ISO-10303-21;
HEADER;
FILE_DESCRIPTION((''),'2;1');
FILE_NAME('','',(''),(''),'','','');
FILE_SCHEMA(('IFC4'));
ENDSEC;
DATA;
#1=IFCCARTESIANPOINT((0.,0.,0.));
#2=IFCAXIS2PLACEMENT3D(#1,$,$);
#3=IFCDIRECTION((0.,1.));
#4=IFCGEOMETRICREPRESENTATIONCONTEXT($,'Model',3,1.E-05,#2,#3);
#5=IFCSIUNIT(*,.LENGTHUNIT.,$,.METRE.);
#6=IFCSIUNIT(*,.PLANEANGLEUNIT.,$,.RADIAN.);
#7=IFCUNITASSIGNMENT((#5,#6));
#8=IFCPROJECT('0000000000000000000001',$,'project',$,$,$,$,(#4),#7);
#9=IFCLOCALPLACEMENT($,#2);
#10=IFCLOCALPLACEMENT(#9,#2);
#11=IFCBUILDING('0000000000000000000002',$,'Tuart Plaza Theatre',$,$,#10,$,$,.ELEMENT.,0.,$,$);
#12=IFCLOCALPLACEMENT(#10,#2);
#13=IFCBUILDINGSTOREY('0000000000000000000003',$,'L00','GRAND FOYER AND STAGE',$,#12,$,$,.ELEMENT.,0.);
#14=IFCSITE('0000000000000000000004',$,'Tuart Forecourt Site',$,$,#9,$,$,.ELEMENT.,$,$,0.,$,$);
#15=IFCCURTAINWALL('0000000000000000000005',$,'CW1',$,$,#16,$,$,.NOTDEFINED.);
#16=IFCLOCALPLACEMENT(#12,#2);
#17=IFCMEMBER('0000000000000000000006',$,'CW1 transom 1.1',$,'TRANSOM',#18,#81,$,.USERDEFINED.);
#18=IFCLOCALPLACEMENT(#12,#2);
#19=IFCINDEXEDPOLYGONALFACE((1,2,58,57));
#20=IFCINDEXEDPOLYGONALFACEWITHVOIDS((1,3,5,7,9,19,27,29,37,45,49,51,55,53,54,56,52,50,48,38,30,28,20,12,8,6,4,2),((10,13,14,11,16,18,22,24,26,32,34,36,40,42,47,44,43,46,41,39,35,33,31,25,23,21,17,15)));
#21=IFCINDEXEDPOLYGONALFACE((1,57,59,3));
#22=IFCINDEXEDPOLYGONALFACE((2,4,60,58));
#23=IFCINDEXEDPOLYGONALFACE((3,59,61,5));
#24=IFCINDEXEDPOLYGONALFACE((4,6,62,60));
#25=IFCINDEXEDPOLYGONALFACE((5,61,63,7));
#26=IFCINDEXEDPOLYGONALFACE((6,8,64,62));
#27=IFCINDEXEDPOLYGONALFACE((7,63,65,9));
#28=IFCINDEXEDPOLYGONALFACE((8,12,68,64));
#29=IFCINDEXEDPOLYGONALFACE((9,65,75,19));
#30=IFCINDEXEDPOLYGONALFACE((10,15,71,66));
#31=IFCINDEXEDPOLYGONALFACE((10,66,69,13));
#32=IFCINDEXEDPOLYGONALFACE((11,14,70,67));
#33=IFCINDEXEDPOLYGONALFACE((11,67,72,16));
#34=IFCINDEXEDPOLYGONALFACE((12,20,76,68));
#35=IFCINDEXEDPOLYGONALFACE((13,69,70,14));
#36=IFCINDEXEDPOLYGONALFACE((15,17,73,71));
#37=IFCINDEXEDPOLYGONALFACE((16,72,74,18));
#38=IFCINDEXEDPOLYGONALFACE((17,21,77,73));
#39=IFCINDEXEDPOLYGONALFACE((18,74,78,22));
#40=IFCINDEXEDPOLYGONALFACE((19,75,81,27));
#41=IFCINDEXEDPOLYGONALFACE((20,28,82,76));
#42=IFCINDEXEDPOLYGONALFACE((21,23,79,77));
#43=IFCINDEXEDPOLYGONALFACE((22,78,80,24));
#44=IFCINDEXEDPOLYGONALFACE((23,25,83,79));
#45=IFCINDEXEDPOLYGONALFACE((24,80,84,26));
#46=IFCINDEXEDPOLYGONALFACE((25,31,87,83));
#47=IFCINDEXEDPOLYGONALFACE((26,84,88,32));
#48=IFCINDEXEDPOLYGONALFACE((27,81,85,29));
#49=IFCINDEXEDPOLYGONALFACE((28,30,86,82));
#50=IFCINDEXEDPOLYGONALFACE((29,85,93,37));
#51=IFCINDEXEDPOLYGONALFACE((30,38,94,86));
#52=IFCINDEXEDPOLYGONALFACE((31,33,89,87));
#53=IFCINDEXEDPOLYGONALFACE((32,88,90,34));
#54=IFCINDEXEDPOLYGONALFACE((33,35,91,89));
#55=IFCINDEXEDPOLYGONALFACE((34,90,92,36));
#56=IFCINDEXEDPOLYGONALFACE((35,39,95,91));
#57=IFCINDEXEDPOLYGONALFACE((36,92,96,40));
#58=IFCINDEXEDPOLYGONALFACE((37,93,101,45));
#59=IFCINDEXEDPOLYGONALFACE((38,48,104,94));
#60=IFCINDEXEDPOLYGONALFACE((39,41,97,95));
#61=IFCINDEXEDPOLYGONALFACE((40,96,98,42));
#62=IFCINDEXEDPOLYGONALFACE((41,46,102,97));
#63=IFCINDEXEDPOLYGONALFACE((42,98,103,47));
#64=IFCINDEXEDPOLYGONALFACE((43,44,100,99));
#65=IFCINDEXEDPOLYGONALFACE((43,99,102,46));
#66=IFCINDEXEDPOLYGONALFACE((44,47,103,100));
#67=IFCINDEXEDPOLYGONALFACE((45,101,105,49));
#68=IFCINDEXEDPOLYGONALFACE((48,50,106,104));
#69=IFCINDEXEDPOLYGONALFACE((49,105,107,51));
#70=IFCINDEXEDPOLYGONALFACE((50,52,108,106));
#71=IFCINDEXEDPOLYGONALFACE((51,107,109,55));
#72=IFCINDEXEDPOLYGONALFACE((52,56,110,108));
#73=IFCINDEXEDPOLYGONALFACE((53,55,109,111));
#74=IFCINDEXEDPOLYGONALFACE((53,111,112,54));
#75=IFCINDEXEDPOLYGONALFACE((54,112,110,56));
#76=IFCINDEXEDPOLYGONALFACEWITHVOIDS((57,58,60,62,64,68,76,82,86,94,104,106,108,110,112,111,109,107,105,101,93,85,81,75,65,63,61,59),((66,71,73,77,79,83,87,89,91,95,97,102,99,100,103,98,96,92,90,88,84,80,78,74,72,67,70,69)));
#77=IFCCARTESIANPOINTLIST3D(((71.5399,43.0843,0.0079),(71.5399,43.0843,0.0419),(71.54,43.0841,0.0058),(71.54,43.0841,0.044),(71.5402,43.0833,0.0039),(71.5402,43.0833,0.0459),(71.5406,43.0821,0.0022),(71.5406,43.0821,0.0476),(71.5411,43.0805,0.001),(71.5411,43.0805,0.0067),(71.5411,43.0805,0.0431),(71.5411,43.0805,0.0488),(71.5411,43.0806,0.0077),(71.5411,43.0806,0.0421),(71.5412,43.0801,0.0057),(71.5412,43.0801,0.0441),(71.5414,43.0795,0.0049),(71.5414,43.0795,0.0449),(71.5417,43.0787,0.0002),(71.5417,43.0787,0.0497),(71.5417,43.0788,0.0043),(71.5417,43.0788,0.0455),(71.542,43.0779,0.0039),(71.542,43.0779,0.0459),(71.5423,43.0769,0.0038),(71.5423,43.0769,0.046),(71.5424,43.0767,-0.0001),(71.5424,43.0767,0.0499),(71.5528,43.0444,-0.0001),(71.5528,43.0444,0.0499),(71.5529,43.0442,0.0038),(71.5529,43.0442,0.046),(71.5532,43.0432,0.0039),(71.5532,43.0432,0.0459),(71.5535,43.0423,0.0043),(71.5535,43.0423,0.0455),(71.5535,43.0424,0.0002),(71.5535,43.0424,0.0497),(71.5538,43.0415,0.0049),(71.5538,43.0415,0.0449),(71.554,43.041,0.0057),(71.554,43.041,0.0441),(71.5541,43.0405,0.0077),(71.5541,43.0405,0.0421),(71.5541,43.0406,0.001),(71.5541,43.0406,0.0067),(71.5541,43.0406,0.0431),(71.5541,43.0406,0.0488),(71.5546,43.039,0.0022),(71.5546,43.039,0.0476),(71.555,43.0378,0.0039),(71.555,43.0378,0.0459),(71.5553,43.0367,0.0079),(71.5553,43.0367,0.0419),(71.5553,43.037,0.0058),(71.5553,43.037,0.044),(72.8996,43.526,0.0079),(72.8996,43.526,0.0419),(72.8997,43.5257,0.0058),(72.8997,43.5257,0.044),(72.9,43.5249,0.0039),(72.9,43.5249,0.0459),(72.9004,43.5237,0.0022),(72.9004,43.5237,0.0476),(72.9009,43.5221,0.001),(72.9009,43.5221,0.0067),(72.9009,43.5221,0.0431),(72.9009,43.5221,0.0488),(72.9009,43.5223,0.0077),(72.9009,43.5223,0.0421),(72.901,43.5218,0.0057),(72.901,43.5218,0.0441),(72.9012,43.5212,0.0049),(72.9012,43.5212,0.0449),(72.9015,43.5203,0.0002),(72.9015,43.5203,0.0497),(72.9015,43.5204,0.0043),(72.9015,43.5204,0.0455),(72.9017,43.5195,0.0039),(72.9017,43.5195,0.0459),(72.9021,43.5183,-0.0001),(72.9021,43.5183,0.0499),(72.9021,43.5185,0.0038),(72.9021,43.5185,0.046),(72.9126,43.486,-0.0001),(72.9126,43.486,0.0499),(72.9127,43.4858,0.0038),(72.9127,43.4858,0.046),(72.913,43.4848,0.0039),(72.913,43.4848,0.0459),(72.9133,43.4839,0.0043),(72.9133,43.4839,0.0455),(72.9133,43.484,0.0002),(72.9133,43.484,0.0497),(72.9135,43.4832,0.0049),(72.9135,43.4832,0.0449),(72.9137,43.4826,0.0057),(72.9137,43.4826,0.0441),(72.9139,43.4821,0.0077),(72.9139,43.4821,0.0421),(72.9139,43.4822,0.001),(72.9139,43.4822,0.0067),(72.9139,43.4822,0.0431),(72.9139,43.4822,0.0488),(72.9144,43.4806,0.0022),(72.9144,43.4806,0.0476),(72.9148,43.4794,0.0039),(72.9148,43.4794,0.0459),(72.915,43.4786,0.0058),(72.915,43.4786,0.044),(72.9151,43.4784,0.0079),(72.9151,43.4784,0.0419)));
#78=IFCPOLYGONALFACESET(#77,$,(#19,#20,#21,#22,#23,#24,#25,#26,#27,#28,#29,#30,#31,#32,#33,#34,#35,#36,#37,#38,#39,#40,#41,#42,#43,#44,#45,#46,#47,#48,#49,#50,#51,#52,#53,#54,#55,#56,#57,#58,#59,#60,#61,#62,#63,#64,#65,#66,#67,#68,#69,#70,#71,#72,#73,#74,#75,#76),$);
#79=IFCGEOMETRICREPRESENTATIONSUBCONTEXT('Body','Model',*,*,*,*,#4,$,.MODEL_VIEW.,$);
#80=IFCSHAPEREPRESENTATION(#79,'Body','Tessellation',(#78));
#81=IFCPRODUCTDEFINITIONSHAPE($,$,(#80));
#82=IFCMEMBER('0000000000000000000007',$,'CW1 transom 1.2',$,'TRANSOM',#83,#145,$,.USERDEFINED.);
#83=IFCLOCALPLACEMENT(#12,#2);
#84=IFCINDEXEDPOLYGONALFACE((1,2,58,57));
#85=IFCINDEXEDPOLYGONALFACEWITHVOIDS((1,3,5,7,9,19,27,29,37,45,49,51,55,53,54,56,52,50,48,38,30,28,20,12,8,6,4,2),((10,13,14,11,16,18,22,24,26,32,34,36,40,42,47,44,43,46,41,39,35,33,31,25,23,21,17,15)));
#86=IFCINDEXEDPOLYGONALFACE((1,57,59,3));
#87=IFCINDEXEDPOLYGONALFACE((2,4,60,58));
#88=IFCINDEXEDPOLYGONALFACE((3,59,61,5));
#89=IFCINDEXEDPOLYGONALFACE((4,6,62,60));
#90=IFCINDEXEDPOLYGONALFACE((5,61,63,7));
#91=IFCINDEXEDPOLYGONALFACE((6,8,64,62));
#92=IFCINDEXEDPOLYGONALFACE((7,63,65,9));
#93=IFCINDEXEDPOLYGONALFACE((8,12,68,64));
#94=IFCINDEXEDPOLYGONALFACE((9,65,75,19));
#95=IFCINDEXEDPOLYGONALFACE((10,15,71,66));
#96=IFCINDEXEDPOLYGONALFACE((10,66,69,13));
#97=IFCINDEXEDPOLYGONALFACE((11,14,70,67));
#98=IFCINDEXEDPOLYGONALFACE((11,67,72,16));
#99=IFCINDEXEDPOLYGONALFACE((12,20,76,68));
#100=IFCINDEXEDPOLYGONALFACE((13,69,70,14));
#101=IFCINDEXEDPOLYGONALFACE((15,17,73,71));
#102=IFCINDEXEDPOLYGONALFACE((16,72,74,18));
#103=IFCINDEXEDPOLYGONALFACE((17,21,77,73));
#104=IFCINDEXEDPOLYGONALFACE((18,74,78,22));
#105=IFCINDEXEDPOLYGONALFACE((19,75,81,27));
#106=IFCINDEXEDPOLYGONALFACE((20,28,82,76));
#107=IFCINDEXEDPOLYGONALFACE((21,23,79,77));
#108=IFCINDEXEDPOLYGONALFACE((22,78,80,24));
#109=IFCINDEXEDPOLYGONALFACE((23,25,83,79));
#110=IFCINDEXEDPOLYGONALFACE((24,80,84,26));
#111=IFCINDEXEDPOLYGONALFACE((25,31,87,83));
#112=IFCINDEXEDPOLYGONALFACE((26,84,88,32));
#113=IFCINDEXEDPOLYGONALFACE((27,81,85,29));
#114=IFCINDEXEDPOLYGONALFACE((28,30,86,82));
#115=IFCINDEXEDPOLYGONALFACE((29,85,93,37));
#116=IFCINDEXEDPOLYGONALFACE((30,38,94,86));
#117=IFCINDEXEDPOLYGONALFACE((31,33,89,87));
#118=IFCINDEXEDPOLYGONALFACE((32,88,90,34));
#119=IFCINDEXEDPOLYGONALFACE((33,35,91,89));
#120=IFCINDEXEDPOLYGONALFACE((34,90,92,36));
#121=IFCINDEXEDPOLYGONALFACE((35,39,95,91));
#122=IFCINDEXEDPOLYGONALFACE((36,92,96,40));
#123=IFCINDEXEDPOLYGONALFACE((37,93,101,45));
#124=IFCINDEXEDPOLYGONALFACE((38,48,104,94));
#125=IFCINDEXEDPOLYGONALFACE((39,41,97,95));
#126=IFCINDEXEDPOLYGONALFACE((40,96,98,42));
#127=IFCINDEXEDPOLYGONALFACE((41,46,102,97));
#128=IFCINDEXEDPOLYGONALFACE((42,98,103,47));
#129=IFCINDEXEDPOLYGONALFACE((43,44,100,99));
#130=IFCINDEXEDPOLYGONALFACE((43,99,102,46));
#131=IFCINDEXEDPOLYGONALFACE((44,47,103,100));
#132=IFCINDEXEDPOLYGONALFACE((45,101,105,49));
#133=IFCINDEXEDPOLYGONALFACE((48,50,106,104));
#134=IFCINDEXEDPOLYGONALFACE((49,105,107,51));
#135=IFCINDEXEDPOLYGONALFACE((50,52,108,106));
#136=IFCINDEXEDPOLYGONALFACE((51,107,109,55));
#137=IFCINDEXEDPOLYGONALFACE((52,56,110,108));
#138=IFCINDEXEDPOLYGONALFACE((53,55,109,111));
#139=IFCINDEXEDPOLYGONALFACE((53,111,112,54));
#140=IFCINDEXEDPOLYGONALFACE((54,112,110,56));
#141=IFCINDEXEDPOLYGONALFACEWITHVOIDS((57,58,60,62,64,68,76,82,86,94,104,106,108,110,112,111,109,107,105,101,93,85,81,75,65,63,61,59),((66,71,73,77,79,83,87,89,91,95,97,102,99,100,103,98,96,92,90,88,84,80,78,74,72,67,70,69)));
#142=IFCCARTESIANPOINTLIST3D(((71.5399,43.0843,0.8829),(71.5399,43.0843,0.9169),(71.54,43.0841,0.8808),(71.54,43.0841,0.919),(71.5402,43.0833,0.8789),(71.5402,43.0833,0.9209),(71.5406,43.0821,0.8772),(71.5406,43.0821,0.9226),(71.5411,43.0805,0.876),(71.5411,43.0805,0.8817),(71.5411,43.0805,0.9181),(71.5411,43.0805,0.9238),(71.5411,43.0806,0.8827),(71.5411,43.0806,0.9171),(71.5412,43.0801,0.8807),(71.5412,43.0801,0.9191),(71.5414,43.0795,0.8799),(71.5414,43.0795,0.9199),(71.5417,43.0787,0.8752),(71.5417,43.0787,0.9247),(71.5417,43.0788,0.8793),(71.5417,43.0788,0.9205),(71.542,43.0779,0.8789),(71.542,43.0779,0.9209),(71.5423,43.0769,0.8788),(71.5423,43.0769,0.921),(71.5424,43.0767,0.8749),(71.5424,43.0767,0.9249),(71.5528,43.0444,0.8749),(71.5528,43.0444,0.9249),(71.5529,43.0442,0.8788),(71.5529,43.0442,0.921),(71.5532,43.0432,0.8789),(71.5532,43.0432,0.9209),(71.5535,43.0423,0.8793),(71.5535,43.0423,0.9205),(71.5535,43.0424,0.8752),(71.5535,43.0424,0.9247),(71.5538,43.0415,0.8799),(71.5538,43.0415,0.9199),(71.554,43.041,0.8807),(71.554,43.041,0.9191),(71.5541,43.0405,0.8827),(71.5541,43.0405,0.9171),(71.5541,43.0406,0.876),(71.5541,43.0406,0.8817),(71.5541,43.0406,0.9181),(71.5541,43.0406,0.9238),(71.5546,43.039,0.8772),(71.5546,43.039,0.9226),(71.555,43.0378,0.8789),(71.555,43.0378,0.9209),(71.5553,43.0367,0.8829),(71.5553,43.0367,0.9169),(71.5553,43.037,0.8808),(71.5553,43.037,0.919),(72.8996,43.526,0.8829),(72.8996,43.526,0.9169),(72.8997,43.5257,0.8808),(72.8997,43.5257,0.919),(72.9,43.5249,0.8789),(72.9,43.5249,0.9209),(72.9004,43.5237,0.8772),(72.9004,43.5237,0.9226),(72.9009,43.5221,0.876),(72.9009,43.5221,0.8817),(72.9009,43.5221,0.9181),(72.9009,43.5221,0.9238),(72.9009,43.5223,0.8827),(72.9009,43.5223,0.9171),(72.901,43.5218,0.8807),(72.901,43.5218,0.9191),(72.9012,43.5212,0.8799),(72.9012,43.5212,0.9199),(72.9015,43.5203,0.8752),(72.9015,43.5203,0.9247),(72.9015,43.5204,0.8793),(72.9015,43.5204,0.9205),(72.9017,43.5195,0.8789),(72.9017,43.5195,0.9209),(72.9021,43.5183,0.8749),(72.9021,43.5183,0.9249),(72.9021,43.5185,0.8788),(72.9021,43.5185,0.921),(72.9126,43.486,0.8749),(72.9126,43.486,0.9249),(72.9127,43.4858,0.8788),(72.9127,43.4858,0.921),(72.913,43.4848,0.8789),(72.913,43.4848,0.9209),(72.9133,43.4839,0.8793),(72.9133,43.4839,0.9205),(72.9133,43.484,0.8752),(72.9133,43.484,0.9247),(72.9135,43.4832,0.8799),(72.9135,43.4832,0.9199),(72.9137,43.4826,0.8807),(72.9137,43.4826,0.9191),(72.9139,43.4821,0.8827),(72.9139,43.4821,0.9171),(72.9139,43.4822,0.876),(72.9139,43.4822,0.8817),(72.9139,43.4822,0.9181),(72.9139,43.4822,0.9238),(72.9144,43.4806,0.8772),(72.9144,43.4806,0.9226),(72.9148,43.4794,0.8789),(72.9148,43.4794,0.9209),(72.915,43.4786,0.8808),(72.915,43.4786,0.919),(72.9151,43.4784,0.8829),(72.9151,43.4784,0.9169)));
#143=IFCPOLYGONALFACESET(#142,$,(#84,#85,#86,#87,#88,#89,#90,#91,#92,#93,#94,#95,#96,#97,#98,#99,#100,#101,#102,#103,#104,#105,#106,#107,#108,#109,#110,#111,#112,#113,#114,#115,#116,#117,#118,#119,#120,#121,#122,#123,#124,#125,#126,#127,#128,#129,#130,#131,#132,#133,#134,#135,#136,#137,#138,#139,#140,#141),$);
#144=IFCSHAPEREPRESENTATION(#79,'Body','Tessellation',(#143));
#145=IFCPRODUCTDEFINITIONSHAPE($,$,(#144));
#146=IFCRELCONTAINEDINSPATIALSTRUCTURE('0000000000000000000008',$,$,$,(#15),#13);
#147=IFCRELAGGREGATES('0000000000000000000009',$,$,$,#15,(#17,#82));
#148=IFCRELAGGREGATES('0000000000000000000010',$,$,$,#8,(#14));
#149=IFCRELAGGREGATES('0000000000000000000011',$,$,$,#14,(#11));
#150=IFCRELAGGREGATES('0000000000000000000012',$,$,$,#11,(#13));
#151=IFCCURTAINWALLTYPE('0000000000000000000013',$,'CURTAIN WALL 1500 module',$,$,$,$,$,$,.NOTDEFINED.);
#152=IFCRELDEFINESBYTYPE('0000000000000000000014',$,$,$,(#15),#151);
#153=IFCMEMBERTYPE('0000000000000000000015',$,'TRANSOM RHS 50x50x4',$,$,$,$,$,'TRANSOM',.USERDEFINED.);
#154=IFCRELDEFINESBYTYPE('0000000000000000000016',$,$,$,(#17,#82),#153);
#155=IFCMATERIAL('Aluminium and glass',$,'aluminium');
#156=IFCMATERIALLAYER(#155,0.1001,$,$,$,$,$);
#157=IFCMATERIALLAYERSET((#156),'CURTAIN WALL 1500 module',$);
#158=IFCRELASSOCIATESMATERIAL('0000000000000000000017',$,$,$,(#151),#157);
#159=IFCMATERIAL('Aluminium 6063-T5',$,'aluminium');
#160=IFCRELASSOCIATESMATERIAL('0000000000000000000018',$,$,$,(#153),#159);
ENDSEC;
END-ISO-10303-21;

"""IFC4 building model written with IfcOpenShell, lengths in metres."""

from ifc_helpers import new_model, si_unit, direction, frame, origin, origin_2d, place, context, subcontext, project, spatial, hollow_rectangle, extrude, material, layer, layer_set, material_profile, profile_set, type_object, element, aggregate, save


model = new_model("IFC4")

# Units and contexts
model_context = context("Model", 3, precision=1e-05, world=origin(), true_north=direction((0.0, 1.0)))
body_context = subcontext(model_context, "Body", "Model", "MODEL_VIEW")
ifc_project = project(units=[si_unit("LENGTHUNIT", "METRE"), si_unit("PLANEANGLEUNIT", "RADIAN")], contexts=[model_context])

# Site, building, storey
site_placement = place(None, origin())
site = spatial("IfcSite", under=ifc_project, at=site_placement, Name="Tuart Forecourt Site", CompositionType="ELEMENT", RefElevation=0.0)
building_placement = place(site_placement, origin())
building = spatial("IfcBuilding", under=site, at=building_placement, Name="Tuart Plaza Theatre", CompositionType="ELEMENT", ElevationOfRefHeight=0.0)
storey_placement = place(building_placement, origin())
storey = spatial("IfcBuildingStorey", under=building, at=storey_placement, Name="L00", Description="GRAND FOYER AND STAGE", CompositionType="ELEMENT", Elevation=0.0)

# Curtain wall
ifc_material_1 = material(Name="Aluminium and glass", Category="aluminium")
ifc_layer_1 = layer(ifc_material_1, 0.1001)
ifc_layer_set_1 = layer_set([ifc_layer_1], Name="CURTAIN WALL 1500 module")
curtain_wall_type = type_object("IfcCurtainWallType", Name="CURTAIN WALL 1500 module", PredefinedType="NOTDEFINED", material=ifc_layer_set_1)
curtain_wall_1_placement = place(storey_placement, origin())
curtain_wall_1 = element("IfcCurtainWall", 1, at=curtain_wall_1_placement, inside=storey, type_object=curtain_wall_type, Name="CW1", PredefinedType="NOTDEFINED")

# Members
ifc_material_2 = material(Name="Aluminium 6063-T5", Category="aluminium")
ifc_material_profile_1 = material_profile(ifc_material_2, hollow_rectangle(XDim=0.05, YDim=0.05, WallThickness=0.0039, InnerFilletRadius=0.0039, OuterFilletRadius=0.0081, at=origin_2d()), Name="RHS 50x50x4")
ifc_profile_set_1 = profile_set([ifc_material_profile_1], Name="Aluminium 6063-T5")
member_type_1 = type_object("IfcMemberType", Name="TRANSOM RHS 50x50x4", ElementType="TRANSOM", PredefinedType="USERDEFINED", material=ifc_profile_set_1)
member_1_placement = place(storey_placement, frame((71.5476, 43.0605, 0.0249), z_axis=(0.951097, 0.308893, 0.0), x_axis=(-0.308893, 0.951097, 0.0)))
member_1 = element("IfcMember", 2, at=member_1_placement, type_object=member_type_1, Name="CW1 transom 1.1", ObjectType="TRANSOM", PredefinedType="USERDEFINED", context=body_context, shape_type="SweptSolid", body=[
    extrude(hollow_rectangle(XDim=0.05, YDim=0.05, WallThickness=0.0039, InnerFilletRadius=0.0039, OuterFilletRadius=0.0081, at=origin_2d()), origin(), (0.0, 0.0, 1.0), 1.4297),
])
member_2_placement = place(storey_placement, frame((71.5476, 43.0605, 0.8999), z_axis=(0.951097, 0.308893, 0.0), x_axis=(-0.308893, 0.951097, 0.0)))
member_2 = element("IfcMember", 3, at=member_2_placement, type_object=member_type_1, Name="CW1 transom 1.2", ObjectType="TRANSOM", PredefinedType="USERDEFINED", context=body_context, shape_type="SweptSolid", body=[
    extrude(hollow_rectangle(XDim=0.05, YDim=0.05, WallThickness=0.0039, InnerFilletRadius=0.0039, OuterFilletRadius=0.0081, at=origin_2d()), origin(), (0.0, 0.0, 1.0), 1.4297),
])

aggregate(curtain_wall_1, [member_1, member_2])

save(model, "model.ifc")
